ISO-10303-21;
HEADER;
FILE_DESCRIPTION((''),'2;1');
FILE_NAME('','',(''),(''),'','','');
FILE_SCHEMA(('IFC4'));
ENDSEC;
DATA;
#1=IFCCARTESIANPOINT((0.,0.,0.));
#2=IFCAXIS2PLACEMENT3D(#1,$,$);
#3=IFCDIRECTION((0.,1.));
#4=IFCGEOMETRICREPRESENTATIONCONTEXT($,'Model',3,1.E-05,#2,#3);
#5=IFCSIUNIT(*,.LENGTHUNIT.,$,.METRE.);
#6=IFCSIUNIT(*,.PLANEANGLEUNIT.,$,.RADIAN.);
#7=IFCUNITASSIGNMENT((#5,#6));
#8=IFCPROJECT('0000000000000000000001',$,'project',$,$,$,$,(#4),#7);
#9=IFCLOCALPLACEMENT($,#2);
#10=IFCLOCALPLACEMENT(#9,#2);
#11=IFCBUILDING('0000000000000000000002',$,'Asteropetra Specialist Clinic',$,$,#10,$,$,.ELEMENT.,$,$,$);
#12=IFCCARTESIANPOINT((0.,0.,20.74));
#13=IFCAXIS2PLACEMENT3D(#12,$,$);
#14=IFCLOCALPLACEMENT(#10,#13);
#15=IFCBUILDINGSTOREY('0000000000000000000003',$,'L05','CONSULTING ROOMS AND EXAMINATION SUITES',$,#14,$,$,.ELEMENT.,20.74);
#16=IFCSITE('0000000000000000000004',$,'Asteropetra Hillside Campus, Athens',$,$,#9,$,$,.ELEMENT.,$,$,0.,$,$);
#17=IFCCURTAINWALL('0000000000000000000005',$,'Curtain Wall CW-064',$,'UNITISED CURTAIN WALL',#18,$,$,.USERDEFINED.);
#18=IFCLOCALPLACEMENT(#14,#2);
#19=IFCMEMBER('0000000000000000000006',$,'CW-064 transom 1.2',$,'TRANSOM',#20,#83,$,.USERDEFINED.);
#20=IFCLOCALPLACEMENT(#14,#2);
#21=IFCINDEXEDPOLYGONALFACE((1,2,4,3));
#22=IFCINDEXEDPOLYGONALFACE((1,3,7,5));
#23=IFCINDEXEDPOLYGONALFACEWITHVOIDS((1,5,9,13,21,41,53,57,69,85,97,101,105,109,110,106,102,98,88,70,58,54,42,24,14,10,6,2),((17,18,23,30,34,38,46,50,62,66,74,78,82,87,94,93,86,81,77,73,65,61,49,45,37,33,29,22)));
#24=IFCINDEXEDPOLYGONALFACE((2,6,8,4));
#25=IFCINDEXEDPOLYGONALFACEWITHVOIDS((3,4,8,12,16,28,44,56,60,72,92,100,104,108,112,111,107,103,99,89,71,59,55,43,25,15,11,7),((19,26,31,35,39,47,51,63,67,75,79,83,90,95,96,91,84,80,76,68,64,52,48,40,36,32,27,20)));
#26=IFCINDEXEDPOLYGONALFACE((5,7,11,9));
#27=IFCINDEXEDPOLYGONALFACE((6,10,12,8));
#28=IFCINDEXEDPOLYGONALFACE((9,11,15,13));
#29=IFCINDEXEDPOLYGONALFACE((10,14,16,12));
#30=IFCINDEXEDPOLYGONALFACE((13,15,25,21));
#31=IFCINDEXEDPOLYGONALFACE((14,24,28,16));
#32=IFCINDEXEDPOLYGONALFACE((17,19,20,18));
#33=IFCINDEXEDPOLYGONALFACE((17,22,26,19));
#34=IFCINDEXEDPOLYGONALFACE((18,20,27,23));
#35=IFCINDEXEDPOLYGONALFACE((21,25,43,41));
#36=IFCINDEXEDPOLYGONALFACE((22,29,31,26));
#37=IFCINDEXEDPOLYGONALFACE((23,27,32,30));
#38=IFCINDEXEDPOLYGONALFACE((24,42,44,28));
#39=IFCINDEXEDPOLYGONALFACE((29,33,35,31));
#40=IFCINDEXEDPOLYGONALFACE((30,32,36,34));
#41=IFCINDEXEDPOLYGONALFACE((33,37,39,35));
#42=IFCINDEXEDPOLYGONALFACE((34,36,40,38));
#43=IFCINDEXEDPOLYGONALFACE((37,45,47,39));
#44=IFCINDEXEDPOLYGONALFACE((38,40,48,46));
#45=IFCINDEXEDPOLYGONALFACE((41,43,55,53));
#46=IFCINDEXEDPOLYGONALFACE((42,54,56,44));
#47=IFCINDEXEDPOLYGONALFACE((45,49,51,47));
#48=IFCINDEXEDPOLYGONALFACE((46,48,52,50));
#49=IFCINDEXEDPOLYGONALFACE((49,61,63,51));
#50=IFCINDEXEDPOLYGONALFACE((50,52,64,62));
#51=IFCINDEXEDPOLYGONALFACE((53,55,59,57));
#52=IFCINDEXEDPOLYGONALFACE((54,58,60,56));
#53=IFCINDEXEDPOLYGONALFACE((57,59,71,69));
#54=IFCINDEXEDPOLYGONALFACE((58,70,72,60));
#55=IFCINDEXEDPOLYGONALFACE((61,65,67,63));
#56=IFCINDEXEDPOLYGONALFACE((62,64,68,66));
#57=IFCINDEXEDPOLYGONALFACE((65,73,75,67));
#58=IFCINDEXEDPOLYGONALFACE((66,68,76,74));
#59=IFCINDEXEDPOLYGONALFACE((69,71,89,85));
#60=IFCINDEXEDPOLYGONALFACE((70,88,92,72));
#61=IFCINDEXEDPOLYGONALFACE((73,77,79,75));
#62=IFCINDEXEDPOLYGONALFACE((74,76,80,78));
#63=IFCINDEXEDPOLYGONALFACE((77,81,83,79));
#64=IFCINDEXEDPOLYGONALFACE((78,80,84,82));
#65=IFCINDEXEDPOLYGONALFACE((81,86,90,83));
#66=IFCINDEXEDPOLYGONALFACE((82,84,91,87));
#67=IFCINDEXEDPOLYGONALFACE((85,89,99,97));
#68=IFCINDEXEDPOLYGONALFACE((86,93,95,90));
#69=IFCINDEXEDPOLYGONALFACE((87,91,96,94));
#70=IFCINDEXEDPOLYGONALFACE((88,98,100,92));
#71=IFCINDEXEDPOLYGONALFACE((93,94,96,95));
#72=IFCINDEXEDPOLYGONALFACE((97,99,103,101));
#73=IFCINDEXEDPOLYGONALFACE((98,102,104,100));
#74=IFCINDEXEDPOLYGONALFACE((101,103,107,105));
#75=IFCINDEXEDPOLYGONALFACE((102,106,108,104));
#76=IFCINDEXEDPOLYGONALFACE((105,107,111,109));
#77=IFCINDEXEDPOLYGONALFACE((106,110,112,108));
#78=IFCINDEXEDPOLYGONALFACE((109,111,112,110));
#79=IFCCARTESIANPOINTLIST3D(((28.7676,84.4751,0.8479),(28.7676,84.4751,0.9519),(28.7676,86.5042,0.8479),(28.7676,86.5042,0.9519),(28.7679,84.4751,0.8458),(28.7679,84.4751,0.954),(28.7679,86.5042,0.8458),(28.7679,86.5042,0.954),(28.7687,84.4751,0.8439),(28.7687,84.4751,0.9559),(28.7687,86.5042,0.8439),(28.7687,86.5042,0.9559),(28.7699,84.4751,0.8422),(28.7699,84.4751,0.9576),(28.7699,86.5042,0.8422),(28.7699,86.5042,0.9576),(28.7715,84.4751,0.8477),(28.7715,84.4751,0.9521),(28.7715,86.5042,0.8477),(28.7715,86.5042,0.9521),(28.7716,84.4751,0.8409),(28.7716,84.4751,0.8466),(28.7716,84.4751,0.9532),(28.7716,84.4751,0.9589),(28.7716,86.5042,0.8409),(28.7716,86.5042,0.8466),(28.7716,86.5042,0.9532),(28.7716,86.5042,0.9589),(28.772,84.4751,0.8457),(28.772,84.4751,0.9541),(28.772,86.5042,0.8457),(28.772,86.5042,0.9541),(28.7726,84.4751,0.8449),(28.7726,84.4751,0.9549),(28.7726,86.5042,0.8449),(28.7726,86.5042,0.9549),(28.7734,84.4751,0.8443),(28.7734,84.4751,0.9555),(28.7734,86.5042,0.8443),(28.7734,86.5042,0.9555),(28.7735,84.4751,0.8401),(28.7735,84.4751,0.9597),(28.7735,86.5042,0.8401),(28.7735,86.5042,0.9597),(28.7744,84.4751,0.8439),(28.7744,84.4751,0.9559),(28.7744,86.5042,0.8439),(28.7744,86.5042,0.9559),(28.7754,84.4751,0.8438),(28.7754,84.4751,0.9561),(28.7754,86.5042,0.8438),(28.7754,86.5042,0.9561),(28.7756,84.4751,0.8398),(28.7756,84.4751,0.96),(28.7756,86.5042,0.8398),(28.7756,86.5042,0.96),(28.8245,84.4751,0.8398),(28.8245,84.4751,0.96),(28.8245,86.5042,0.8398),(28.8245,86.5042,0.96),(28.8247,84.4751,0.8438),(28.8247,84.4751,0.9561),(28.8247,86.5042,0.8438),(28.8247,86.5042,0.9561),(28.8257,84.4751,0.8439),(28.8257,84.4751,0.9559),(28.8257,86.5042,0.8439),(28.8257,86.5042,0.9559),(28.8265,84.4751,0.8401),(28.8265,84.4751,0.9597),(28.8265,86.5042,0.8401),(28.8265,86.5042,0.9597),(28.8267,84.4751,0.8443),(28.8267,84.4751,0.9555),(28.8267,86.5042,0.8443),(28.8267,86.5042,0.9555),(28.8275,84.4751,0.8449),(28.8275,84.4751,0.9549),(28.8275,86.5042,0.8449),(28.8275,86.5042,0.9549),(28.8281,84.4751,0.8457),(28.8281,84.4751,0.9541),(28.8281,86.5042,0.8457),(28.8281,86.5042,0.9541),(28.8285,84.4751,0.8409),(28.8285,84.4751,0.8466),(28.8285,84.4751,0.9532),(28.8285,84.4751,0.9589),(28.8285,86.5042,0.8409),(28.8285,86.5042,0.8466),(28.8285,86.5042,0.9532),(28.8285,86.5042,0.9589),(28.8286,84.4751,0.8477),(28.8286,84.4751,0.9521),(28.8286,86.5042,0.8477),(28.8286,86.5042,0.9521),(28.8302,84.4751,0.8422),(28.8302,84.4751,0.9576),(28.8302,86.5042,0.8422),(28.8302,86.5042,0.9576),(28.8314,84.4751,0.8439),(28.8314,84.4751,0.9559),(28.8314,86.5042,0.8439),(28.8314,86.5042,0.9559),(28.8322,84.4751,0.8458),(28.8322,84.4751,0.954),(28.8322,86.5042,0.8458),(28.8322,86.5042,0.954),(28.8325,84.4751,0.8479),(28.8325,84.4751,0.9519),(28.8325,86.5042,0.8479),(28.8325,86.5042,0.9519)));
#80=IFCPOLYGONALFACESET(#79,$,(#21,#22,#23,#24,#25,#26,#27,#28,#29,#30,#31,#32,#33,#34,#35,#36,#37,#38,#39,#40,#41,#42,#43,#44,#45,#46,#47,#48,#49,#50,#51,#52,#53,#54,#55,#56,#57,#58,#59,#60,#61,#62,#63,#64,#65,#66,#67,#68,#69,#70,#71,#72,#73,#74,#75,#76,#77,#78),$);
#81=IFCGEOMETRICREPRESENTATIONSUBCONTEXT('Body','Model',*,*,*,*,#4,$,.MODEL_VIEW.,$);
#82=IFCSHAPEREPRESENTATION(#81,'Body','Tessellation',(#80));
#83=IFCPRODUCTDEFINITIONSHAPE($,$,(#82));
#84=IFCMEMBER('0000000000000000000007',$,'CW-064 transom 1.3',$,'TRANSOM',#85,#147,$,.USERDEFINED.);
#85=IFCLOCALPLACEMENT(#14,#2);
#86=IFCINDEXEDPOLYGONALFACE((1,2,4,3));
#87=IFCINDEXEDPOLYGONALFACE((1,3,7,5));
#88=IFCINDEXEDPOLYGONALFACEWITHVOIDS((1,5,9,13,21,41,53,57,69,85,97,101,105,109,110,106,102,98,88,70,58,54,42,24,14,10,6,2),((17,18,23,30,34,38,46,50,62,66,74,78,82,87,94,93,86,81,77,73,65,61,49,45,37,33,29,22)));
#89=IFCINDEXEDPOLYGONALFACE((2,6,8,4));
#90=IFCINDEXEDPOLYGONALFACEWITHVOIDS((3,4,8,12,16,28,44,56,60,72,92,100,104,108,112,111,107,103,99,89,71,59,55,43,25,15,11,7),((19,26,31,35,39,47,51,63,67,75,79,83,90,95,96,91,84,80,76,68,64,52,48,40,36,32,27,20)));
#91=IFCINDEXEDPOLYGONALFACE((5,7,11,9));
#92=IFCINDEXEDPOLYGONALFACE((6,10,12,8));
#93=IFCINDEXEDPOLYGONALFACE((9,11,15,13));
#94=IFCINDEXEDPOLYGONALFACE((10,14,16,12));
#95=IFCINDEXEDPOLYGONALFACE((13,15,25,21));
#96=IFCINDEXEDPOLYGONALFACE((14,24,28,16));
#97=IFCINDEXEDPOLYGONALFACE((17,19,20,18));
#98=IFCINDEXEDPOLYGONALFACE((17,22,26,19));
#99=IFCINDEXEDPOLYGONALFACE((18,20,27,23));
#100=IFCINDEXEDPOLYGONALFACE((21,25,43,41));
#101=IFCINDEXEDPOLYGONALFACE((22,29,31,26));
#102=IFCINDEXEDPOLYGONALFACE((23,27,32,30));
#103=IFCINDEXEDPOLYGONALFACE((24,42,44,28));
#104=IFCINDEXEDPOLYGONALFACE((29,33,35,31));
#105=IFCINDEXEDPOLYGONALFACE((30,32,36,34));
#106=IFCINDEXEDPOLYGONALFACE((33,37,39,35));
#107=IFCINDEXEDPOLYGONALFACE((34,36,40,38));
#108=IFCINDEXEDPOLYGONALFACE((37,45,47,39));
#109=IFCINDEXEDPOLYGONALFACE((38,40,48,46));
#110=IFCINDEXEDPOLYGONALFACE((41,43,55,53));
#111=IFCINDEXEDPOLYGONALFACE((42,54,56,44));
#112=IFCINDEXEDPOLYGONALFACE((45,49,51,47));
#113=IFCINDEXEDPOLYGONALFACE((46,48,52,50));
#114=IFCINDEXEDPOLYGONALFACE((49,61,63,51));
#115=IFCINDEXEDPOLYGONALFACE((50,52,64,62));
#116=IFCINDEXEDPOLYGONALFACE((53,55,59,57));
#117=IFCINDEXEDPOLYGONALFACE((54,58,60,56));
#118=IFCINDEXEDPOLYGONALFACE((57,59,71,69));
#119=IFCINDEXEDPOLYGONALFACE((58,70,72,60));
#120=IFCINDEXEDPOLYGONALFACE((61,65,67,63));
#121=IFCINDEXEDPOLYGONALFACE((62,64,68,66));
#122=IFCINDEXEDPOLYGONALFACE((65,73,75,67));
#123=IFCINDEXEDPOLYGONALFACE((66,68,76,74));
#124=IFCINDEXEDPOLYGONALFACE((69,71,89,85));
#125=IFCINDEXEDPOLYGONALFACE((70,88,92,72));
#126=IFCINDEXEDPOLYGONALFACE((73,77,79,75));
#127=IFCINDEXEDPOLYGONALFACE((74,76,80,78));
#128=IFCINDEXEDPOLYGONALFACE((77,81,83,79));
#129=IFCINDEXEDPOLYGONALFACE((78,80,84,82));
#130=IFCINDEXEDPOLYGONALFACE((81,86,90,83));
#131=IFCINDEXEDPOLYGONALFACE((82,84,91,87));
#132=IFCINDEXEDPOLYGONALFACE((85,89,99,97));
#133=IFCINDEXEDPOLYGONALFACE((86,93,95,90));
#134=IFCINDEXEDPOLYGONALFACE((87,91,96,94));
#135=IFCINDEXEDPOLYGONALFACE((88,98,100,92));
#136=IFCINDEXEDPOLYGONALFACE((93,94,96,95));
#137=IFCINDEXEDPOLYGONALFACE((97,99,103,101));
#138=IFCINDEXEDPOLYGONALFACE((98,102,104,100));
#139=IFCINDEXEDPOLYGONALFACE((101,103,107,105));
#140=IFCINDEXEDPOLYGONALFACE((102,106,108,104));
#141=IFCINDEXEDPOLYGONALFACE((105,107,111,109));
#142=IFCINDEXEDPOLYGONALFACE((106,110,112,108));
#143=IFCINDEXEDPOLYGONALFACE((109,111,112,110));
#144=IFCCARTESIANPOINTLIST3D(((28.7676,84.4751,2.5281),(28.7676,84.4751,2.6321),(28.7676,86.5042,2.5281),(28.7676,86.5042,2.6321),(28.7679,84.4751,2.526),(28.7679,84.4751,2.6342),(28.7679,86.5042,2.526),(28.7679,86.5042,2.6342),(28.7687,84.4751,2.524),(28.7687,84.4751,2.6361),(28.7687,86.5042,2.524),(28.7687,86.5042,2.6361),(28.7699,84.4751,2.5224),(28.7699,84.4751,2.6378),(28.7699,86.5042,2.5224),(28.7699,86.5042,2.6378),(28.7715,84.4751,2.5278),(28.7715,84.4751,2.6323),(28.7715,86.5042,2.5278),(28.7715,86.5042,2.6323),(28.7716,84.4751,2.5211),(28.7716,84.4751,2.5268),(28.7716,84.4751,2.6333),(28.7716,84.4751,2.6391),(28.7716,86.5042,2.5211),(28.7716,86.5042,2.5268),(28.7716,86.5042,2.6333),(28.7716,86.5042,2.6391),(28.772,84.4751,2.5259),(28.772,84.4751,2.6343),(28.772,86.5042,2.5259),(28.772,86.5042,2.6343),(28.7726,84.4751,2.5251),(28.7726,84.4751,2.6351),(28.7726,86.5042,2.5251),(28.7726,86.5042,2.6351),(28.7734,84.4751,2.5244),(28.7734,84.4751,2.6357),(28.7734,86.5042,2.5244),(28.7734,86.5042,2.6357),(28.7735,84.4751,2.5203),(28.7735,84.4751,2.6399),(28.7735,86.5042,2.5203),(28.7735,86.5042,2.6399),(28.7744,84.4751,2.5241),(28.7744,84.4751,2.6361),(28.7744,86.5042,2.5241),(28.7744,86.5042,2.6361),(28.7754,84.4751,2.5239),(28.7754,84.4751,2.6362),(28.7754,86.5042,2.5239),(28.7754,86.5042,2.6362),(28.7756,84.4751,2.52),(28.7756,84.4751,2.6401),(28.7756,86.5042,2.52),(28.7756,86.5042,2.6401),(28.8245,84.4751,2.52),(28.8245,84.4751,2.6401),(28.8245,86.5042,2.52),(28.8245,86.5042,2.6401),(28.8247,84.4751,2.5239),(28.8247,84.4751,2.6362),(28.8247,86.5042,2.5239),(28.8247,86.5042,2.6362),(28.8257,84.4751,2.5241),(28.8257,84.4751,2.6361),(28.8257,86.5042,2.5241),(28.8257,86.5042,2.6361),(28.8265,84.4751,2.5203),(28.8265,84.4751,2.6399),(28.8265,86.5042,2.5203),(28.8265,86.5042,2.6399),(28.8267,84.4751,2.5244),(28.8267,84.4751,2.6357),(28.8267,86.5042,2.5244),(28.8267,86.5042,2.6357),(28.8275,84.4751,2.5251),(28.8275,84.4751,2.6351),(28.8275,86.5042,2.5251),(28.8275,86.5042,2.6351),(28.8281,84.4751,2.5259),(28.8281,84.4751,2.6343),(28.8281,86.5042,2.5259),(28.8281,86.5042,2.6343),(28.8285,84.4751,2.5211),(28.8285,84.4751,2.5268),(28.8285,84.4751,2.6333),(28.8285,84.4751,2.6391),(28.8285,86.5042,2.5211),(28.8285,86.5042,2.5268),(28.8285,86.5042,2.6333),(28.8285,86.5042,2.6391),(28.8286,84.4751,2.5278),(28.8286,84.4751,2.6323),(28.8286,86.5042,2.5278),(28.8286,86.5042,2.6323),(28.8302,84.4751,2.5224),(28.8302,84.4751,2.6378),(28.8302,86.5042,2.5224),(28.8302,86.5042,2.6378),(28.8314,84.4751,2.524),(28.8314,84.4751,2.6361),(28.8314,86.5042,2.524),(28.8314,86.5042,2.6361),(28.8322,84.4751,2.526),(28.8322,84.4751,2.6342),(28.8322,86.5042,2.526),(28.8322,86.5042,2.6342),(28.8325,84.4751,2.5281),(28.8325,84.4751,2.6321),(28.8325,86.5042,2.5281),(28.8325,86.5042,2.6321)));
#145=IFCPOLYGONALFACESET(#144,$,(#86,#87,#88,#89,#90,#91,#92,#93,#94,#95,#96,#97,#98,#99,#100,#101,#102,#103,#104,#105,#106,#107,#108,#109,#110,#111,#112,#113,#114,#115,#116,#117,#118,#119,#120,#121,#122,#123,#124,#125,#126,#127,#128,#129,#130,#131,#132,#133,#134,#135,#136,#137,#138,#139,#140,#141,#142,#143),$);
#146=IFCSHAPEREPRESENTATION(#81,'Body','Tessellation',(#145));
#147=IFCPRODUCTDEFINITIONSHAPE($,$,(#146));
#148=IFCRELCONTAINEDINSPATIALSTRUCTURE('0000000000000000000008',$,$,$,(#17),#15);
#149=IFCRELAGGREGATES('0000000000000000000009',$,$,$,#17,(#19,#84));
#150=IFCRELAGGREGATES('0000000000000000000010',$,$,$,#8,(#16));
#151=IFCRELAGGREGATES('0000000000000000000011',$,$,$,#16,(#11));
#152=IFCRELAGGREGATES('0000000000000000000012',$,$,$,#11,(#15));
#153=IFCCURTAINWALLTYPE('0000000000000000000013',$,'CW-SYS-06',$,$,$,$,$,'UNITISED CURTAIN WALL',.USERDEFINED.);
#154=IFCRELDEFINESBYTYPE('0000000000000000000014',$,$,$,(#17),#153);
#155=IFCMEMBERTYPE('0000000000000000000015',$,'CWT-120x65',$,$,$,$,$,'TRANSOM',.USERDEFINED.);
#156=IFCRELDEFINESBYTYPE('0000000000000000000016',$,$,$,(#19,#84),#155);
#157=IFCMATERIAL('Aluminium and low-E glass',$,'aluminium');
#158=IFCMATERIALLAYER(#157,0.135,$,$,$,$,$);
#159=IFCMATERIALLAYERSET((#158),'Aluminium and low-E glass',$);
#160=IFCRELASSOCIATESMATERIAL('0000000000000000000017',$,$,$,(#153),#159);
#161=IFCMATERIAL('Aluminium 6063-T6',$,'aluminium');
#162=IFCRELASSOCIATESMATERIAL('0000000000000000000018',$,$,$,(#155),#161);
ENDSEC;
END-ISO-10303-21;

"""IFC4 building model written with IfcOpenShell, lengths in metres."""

from ifc_helpers import new_model, si_unit, direction, frame, origin, origin_2d, place, context, subcontext, project, spatial, hollow_rectangle, extrude, material, layer, layer_set, material_profile, profile_set, type_object, element, aggregate, save


model = new_model("IFC4")

# Units and contexts
model_context = context("Model", 3, precision=1e-05, world=origin(), true_north=direction((0.0, 1.0)))
body_context = subcontext(model_context, "Body", "Model", "MODEL_VIEW")
ifc_project = project(units=[si_unit("LENGTHUNIT", "METRE"), si_unit("PLANEANGLEUNIT", "RADIAN")], contexts=[model_context])

# Site, building, storey
site_placement = place(None, origin())
site = spatial("IfcSite", under=ifc_project, at=site_placement, Name="Asteropetra Hillside Campus, Athens", CompositionType="ELEMENT", RefElevation=0.0)
building_placement = place(site_placement, origin())
building = spatial("IfcBuilding", under=site, at=building_placement, Name="Asteropetra Specialist Clinic", CompositionType="ELEMENT")
storey_placement = place(building_placement, frame((0.0, 0.0, 20.74)))
storey = spatial("IfcBuildingStorey", under=building, at=storey_placement, Name="L05", Description="CONSULTING ROOMS AND EXAMINATION SUITES", CompositionType="ELEMENT", Elevation=20.74)

# Curtain wall, members
ifc_material_1 = material(Name="Aluminium and low-E glass", Category="aluminium")
ifc_layer_1 = layer(ifc_material_1, 0.135)
ifc_layer_set_1 = layer_set([ifc_layer_1], Name="Aluminium and low-E glass")
curtain_wall_type = type_object("IfcCurtainWallType", Name="CW-SYS-06", ElementType="UNITISED CURTAIN WALL", PredefinedType="USERDEFINED", material=ifc_layer_set_1)
curtain_wall_placement = place(storey_placement, origin())
curtain_wall = element("IfcCurtainWall", 1, at=curtain_wall_placement, inside=storey, type_object=curtain_wall_type, Name="Curtain Wall CW-064", ObjectType="UNITISED CURTAIN WALL", PredefinedType="USERDEFINED")
ifc_material_2 = material(Name="Aluminium 6063-T6", Category="aluminium")
ifc_material_profile_1 = material_profile(ifc_material_2, hollow_rectangle(XDim=0.0649, YDim=0.1201, WallThickness=0.0039, InnerFilletRadius=0.0039, OuterFilletRadius=0.0081, at=origin_2d()), Name="TRN 120x65x4.0")
ifc_profile_set_1 = profile_set([ifc_material_profile_1], Name="Aluminium 6063-T6")
member_type_1 = type_object("IfcMemberType", Name="CWT-120x65", ElementType="TRANSOM", PredefinedType="USERDEFINED", material=ifc_profile_set_1)
member_1_placement = place(storey_placement, frame((28.8, 84.4751, 0.8999), z_axis=(0.0, 1.0, 0.0), x_axis=(-1.0, 0.0, 0.0)))
member_1 = element("IfcMember", 2, at=member_1_placement, type_object=member_type_1, Name="CW-064 transom 1.2", ObjectType="TRANSOM", PredefinedType="USERDEFINED", context=body_context, shape_type="SweptSolid", body=[
    extrude(hollow_rectangle(XDim=0.0649, YDim=0.1201, WallThickness=0.0039, InnerFilletRadius=0.0039, OuterFilletRadius=0.0081, at=origin_2d()), origin(), (0.0, 0.0, 1.0), 2.0291),
])
member_2_placement = place(storey_placement, frame((28.8, 84.4751, 2.5801), z_axis=(0.0, 1.0, 0.0), x_axis=(-1.0, 0.0, 0.0)))
member_2 = element("IfcMember", 3, at=member_2_placement, type_object=member_type_1, Name="CW-064 transom 1.3", ObjectType="TRANSOM", PredefinedType="USERDEFINED", context=body_context, shape_type="SweptSolid", body=[
    extrude(hollow_rectangle(XDim=0.0649, YDim=0.1201, WallThickness=0.0039, InnerFilletRadius=0.0039, OuterFilletRadius=0.0081, at=origin_2d()), origin(), (0.0, 0.0, 1.0), 2.0291),
])
aggregate(curtain_wall, [member_1, member_2])

save(model, "model.ifc")
